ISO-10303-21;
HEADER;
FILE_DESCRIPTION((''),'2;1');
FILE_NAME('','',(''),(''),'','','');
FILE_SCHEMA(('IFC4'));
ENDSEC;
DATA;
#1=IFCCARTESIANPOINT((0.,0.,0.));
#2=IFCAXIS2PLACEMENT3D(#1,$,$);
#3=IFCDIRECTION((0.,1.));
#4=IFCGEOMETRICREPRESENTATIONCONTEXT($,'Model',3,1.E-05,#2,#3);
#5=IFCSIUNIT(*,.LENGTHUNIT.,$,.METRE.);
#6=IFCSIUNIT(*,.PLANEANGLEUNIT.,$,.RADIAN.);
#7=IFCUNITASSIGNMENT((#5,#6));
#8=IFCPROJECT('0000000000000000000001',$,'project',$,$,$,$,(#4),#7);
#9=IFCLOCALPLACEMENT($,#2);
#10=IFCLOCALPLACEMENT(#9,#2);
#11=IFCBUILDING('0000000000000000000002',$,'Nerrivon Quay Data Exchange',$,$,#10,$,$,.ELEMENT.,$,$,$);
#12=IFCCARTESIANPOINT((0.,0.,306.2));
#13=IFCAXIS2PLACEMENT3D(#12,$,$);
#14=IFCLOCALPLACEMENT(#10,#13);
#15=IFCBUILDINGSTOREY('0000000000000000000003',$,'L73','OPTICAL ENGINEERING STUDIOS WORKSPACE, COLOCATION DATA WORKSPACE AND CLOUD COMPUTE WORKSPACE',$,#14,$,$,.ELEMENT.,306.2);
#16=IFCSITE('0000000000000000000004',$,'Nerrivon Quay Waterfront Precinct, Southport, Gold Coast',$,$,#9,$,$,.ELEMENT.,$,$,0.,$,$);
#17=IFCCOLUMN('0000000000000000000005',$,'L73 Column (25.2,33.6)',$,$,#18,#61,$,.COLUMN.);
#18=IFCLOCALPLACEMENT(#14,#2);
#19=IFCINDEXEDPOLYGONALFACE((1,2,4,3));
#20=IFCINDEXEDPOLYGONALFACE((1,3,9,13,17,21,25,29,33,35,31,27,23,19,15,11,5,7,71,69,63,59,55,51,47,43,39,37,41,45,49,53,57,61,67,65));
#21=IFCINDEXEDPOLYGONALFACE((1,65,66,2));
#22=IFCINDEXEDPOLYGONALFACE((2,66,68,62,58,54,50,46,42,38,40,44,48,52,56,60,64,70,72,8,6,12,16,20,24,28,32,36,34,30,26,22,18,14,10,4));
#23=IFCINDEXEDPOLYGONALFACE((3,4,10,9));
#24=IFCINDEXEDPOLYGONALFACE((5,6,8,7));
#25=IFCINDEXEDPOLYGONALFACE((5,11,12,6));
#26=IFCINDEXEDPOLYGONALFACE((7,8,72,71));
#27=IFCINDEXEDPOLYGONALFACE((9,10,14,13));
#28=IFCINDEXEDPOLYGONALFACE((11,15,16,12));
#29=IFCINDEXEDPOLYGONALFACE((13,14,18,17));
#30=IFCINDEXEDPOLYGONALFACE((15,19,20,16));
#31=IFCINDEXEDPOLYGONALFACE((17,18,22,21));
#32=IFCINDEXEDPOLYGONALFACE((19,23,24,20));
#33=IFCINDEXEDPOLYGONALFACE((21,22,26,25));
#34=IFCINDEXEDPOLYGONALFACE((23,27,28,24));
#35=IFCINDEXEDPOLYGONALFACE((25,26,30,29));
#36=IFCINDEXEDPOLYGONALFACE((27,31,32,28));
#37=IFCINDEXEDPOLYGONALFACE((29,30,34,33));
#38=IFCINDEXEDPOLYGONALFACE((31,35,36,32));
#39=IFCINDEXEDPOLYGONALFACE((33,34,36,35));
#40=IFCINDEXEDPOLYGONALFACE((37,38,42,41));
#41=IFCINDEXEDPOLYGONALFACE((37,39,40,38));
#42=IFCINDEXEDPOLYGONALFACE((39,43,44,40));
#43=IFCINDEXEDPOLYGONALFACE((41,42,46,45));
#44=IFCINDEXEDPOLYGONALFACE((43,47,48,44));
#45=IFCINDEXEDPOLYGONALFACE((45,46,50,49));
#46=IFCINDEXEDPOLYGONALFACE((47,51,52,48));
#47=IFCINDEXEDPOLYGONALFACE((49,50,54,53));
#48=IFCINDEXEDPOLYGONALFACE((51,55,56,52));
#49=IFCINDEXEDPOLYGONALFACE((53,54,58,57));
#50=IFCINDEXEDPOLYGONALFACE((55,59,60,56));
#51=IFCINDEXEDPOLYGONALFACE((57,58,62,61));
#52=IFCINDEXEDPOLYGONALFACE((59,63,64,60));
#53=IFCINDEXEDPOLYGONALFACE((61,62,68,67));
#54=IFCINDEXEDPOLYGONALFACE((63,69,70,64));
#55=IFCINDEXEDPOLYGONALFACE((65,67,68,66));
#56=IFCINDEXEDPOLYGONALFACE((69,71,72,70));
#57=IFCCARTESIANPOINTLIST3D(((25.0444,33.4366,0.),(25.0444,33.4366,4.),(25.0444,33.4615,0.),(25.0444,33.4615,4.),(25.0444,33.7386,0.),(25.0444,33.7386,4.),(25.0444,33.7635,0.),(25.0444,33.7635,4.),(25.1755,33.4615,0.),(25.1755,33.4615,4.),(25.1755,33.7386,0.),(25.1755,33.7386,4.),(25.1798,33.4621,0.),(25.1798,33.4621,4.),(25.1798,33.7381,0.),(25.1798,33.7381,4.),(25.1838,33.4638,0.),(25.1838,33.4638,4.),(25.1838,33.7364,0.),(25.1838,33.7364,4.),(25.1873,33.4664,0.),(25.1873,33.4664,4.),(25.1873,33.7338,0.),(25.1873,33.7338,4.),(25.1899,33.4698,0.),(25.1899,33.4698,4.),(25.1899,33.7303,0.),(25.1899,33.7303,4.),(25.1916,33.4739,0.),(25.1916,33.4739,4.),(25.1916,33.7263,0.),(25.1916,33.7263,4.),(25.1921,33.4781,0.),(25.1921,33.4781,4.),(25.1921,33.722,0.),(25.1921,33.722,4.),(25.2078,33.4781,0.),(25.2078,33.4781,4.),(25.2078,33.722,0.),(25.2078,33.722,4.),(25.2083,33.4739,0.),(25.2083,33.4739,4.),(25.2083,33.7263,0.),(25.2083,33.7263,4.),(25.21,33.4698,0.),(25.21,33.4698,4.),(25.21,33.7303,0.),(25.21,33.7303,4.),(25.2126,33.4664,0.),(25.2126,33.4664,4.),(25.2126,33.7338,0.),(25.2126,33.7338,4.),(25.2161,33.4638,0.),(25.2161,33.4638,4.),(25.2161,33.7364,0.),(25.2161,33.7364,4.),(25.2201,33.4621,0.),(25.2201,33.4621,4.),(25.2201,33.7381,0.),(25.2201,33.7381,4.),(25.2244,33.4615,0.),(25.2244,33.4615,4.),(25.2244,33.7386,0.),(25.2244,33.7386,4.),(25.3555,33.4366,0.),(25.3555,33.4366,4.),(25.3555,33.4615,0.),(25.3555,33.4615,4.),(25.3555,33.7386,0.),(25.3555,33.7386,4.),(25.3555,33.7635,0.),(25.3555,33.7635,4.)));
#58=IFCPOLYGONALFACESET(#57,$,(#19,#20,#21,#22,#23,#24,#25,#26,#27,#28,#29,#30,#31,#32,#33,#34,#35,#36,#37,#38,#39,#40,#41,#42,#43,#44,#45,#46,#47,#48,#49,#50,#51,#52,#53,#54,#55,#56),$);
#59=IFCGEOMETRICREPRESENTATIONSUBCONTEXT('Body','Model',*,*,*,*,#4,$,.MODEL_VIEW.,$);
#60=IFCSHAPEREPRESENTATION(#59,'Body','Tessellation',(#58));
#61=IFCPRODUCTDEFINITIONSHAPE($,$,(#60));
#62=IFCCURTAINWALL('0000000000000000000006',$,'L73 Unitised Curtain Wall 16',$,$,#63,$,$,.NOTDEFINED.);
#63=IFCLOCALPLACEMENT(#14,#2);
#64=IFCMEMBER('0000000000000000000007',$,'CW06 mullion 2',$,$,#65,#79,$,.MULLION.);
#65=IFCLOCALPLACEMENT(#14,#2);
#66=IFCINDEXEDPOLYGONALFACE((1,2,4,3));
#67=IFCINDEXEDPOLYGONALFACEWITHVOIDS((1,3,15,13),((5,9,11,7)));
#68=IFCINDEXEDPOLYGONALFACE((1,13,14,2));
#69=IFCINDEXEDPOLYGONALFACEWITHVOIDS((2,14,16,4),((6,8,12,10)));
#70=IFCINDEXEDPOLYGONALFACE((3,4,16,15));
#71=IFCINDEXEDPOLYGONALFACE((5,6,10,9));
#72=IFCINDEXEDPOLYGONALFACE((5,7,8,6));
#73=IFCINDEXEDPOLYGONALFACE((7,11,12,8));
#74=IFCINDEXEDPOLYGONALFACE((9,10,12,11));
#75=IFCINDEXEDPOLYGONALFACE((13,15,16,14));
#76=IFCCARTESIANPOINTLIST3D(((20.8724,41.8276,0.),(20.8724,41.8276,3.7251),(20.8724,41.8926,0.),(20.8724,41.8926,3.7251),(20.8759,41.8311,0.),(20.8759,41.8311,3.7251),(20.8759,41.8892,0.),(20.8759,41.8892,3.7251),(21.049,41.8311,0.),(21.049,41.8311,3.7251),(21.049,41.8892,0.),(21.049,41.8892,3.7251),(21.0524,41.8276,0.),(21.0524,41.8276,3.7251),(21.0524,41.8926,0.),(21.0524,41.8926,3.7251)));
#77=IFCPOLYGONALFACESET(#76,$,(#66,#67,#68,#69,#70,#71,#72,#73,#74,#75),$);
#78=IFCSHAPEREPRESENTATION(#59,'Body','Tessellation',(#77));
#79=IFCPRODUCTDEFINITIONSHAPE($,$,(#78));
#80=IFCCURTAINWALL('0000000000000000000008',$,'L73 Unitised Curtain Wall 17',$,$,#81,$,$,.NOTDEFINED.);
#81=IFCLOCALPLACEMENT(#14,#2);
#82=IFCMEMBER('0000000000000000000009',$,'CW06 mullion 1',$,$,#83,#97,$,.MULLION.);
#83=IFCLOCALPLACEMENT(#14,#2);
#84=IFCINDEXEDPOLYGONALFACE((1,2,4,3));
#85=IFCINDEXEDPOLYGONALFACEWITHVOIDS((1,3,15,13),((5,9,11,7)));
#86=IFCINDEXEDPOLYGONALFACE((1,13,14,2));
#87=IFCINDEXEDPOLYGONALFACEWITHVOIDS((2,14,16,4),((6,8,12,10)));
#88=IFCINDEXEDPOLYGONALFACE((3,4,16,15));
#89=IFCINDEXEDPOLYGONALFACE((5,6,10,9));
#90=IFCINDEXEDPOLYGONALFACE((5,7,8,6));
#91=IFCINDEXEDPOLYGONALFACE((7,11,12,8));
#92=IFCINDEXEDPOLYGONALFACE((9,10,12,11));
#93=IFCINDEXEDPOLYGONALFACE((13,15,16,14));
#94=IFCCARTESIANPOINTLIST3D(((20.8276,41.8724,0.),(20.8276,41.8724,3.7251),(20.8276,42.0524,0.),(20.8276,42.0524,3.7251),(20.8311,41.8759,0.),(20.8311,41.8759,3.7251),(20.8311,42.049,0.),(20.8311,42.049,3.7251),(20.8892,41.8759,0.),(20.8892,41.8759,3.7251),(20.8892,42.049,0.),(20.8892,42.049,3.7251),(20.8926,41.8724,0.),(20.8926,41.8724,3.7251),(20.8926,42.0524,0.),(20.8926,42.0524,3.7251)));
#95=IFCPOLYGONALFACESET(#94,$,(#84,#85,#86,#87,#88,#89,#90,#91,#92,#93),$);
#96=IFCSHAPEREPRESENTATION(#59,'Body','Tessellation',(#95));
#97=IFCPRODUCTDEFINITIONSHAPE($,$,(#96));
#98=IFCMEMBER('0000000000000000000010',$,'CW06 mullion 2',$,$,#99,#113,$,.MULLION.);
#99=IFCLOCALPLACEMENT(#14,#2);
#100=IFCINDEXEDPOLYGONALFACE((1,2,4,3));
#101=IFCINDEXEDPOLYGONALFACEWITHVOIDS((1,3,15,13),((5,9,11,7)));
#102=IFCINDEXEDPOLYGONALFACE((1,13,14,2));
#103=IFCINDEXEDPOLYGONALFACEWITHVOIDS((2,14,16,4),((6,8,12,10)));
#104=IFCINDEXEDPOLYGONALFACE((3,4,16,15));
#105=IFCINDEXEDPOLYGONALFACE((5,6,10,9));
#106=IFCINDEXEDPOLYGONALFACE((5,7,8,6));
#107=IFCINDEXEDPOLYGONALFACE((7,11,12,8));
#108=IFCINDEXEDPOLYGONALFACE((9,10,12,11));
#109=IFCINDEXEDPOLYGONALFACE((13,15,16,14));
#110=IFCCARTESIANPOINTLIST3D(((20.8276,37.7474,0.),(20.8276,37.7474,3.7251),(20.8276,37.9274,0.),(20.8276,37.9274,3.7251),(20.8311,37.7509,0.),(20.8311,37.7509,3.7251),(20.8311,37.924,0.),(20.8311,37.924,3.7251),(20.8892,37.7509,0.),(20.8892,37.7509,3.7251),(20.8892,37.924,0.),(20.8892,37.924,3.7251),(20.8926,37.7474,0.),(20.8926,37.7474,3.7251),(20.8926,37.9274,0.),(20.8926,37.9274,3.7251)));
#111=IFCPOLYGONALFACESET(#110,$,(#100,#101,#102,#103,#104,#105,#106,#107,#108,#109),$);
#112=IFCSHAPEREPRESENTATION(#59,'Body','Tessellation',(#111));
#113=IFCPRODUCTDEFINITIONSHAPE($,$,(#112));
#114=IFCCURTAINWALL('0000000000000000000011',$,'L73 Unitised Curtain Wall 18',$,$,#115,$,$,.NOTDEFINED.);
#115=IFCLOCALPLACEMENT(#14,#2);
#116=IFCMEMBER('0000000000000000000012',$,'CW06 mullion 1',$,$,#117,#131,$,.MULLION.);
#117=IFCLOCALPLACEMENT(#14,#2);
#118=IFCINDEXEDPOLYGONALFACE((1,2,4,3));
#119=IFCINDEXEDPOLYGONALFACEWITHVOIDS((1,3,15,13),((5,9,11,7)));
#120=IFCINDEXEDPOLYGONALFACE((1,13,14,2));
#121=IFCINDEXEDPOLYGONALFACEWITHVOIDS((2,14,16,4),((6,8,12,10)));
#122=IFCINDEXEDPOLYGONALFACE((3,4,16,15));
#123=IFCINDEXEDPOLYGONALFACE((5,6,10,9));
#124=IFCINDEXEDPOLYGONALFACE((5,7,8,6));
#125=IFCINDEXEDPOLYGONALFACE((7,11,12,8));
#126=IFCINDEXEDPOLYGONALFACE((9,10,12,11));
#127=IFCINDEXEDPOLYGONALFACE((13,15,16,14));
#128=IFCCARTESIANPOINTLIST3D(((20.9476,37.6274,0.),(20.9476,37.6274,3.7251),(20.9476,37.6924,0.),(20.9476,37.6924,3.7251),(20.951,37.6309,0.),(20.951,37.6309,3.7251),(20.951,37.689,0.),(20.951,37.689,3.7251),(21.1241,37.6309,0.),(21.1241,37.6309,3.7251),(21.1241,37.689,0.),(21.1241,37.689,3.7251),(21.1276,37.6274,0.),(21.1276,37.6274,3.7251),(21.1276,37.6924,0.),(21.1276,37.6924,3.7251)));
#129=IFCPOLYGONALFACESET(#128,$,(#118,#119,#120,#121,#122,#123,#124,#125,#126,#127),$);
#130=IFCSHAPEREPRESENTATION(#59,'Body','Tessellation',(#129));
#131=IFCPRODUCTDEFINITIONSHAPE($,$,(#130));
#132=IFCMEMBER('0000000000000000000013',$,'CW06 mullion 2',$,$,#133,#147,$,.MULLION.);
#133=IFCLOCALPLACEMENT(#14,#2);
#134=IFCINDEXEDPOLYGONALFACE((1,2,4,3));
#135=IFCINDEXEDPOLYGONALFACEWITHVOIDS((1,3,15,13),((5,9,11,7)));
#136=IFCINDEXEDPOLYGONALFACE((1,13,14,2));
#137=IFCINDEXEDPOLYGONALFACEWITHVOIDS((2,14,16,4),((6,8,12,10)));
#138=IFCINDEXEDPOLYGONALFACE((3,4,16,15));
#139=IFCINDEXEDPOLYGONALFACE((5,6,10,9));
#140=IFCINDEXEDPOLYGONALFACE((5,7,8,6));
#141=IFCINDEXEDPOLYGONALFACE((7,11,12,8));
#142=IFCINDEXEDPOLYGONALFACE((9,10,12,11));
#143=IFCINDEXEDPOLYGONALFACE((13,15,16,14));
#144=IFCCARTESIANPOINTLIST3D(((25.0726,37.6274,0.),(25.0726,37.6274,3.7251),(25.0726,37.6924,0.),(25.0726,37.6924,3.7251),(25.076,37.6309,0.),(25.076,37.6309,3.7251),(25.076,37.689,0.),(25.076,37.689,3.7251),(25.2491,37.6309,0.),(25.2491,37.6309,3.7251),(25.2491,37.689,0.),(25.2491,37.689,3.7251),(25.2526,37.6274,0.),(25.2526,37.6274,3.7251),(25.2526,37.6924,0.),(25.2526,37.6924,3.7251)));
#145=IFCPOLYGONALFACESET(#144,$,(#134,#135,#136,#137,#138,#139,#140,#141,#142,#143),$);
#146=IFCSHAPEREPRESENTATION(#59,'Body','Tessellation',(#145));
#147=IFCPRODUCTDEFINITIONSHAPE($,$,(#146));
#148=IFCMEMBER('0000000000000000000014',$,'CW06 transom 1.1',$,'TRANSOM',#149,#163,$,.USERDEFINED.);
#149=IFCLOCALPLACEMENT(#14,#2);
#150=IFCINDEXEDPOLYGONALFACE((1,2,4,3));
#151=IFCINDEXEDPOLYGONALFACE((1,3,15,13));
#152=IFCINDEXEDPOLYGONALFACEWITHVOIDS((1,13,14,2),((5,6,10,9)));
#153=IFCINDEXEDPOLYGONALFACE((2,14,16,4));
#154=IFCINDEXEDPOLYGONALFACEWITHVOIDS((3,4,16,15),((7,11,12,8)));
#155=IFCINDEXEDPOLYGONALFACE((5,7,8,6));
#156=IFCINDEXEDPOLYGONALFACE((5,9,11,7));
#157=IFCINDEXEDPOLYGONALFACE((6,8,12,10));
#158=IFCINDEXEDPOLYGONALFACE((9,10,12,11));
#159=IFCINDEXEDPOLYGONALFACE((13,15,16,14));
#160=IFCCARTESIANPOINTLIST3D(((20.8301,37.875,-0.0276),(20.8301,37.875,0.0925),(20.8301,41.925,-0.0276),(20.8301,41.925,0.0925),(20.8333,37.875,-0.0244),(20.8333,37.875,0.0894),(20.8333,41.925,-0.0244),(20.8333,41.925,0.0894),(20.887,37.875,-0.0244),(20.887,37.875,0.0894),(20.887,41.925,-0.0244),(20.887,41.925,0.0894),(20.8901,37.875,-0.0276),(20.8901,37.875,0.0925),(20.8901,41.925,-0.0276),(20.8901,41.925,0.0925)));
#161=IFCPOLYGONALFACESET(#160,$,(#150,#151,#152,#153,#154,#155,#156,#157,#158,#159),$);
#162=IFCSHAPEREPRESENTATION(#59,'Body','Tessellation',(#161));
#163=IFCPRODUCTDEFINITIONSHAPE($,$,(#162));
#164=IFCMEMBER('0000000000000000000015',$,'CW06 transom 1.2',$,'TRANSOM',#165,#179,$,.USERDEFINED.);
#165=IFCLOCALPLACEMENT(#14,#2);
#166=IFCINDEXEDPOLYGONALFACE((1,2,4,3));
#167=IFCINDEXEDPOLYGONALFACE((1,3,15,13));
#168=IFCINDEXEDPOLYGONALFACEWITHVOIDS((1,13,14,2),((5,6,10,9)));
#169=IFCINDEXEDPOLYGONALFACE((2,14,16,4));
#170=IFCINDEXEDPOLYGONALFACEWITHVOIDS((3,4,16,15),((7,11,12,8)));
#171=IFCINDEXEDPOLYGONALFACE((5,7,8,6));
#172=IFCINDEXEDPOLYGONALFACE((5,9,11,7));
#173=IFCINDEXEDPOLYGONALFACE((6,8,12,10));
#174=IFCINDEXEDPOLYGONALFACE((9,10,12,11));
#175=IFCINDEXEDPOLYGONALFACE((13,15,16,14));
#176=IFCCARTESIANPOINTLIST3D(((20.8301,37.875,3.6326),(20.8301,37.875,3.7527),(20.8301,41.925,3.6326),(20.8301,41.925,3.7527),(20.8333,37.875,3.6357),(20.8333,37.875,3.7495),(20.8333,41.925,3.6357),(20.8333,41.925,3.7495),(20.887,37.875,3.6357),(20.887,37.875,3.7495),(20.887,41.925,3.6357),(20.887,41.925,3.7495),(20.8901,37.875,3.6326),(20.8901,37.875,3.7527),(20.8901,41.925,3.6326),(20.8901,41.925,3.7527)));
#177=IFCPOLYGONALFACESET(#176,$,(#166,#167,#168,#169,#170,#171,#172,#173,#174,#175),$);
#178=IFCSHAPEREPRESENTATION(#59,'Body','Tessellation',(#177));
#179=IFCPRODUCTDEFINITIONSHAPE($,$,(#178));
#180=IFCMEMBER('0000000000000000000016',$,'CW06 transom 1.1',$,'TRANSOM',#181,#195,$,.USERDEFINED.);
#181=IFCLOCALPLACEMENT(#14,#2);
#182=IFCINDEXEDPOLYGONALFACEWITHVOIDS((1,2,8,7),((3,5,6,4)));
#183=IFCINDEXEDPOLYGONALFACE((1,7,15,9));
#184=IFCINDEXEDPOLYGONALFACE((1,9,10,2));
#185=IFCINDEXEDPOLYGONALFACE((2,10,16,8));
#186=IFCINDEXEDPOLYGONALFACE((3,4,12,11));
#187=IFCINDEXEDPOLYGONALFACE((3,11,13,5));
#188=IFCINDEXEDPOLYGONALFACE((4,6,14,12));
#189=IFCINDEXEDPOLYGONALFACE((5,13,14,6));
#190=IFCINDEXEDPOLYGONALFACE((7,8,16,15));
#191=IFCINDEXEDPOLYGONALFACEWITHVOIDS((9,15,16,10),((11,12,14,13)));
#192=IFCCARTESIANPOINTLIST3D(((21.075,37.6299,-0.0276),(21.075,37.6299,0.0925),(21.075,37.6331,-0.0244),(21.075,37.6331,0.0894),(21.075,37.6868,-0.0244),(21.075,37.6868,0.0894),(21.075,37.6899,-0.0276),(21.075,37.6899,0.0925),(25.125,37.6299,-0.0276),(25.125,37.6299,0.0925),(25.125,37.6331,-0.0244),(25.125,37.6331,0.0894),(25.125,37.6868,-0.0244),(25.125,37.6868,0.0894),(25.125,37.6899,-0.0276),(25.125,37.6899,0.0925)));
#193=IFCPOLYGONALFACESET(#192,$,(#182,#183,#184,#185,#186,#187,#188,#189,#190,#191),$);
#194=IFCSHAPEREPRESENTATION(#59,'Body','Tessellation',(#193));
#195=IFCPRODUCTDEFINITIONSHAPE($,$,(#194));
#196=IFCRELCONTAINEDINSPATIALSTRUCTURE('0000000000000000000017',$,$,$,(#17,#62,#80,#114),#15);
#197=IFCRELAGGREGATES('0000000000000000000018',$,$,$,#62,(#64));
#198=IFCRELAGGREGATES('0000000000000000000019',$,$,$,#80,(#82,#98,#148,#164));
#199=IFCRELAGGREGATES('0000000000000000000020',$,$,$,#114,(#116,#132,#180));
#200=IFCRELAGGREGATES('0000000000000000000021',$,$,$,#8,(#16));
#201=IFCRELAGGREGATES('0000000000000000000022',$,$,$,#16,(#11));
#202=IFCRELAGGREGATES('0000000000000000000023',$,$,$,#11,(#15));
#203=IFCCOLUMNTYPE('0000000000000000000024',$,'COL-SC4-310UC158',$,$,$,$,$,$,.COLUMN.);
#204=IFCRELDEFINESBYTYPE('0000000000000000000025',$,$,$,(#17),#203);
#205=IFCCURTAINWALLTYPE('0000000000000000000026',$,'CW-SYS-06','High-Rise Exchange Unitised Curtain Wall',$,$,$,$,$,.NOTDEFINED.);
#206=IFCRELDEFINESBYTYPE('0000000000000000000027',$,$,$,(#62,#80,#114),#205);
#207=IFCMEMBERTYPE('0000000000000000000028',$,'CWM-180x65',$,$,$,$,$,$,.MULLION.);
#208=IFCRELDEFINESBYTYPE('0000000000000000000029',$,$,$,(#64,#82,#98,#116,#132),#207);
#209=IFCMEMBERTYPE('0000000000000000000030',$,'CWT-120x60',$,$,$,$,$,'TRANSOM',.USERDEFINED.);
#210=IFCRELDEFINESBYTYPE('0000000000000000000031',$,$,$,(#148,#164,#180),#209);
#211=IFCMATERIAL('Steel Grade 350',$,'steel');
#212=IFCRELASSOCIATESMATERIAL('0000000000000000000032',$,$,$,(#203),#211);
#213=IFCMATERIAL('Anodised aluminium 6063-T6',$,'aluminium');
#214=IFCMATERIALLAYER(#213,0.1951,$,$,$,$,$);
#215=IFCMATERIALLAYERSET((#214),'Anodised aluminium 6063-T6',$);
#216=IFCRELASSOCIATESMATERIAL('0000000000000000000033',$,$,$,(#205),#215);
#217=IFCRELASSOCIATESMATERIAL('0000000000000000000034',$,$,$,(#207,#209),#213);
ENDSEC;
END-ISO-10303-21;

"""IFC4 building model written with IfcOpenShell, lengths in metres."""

from ifc_helpers import new_model, si_unit, direction, frame, origin, origin_2d, place, context, subcontext, project, spatial, hollow_rectangle, i_section, extrude, material, layer, layer_set, material_profile, profile_set, type_object, element, aggregate, save


model = new_model("IFC4")

# Units and contexts
model_context = context("Model", 3, precision=1e-05, world=origin(), true_north=direction((0.0, 1.0)))
body_context = subcontext(model_context, "Body", "Model", "MODEL_VIEW")
ifc_project = project(units=[si_unit("LENGTHUNIT", "METRE"), si_unit("PLANEANGLEUNIT", "RADIAN")], contexts=[model_context])

# Site, building, storey
site_placement = place(None, origin())
site = spatial("IfcSite", under=ifc_project, at=site_placement, Name="Nerrivon Quay Waterfront Precinct, Southport, Gold Coast", CompositionType="ELEMENT", RefElevation=0.0)
building_placement = place(site_placement, origin())
building = spatial("IfcBuilding", under=site, at=building_placement, Name="Nerrivon Quay Data Exchange", CompositionType="ELEMENT")
storey_placement = place(building_placement, frame((0.0, 0.0, 306.2)))
storey = spatial("IfcBuildingStorey", under=building, at=storey_placement, Name="L73", Description="OPTICAL ENGINEERING STUDIOS WORKSPACE, COLOCATION DATA WORKSPACE AND CLOUD COMPUTE WORKSPACE", CompositionType="ELEMENT", Elevation=306.2)

# Column
ifc_material_1 = material(Name="Steel Grade 350", Category="steel")
ifc_material_profile_1 = material_profile(ifc_material_1, i_section(OverallWidth=0.311, OverallDepth=0.3269, WebThickness=0.0156, FlangeThickness=0.0249, FilletRadius=0.0166, at=origin_2d()), Name="310UC158")
ifc_profile_set_1 = profile_set([ifc_material_profile_1], Name="Steel Grade 350")
column_type = type_object("IfcColumnType", Name="COL-SC4-310UC158", PredefinedType="COLUMN", material=ifc_profile_set_1)
column_placement = place(storey_placement, frame((25.2, 33.6001, 0.0), z_axis=(0.0, 0.0, 1.0), x_axis=(1.0, 0.0, 0.0)))
element("IfcColumn", 1, at=column_placement, inside=storey, type_object=column_type, Name="L73 Column (25.2,33.6)", PredefinedType="COLUMN", context=body_context, shape_type="SweptSolid", body=[
    extrude(i_section(OverallWidth=0.311, OverallDepth=0.3269, WebThickness=0.0156, FlangeThickness=0.0249, FilletRadius=0.0166, at=origin_2d()), origin(), (0.0, 0.0, 1.0), 4.0),
])

# Curtain wall, member
ifc_material_2 = material(Name="Anodised aluminium 6063-T6", Category="aluminium")
ifc_layer_1 = layer(ifc_material_2, 0.1951)
ifc_layer_set_1 = layer_set([ifc_layer_1], Name="Anodised aluminium 6063-T6")
curtain_wall_type = type_object("IfcCurtainWallType", Name="CW-SYS-06", Description="High-Rise Exchange Unitised Curtain Wall", PredefinedType="NOTDEFINED", material=ifc_layer_set_1)
curtain_wall_1_placement = place(storey_placement, origin())
curtain_wall_1 = element("IfcCurtainWall", 2, at=curtain_wall_1_placement, inside=storey, type_object=curtain_wall_type, Name="L73 Unitised Curtain Wall 16", PredefinedType="NOTDEFINED")
ifc_material_profile_2 = material_profile(ifc_material_2, hollow_rectangle(XDim=0.0649, YDim=0.1799, WallThickness=0.0034, at=origin_2d()), Name="ALU-MULL-180x65")
ifc_profile_set_2 = profile_set([ifc_material_profile_2], Name="Anodised aluminium 6063-T6")
member_type_1 = type_object("IfcMemberType", Name="CWM-180x65", PredefinedType="MULLION", material=ifc_profile_set_2)
member_1_placement = place(storey_placement, frame((20.9624, 41.8601, 0.0), z_axis=(0.0, 0.0, 1.0), x_axis=(0.0, 1.0, 0.0)))
member_1 = element("IfcMember", 3, at=member_1_placement, type_object=member_type_1, Name="CW06 mullion 2", PredefinedType="MULLION", context=body_context, shape_type="SweptSolid", body=[
    extrude(hollow_rectangle(XDim=0.0649, YDim=0.1799, WallThickness=0.0034, at=origin_2d()), origin(), (0.0, 0.0, 1.0), 3.7251),
])
aggregate(curtain_wall_1, [member_1])

# Curtain walls, members
curtain_wall_2_placement = place(storey_placement, origin())
curtain_wall_2 = element("IfcCurtainWall", 4, at=curtain_wall_2_placement, inside=storey, type_object=curtain_wall_type, Name="L73 Unitised Curtain Wall 17", PredefinedType="NOTDEFINED")
member_2_placement = place(storey_placement, frame((20.8601, 41.9624, 0.0), z_axis=(0.0, 0.0, 1.0), x_axis=(1.0, 0.0, 0.0)))
member_2 = element("IfcMember", 5, at=member_2_placement, type_object=member_type_1, Name="CW06 mullion 1", PredefinedType="MULLION", context=body_context, shape_type="SweptSolid", body=[
    extrude(hollow_rectangle(XDim=0.0649, YDim=0.1799, WallThickness=0.0034, at=origin_2d()), origin(), (0.0, 0.0, 1.0), 3.7251),
])
member_3_placement = place(storey_placement, frame((20.8601, 37.8374, 0.0), z_axis=(0.0, 0.0, 1.0), x_axis=(1.0, 0.0, 0.0)))
member_3 = element("IfcMember", 6, at=member_3_placement, type_object=member_type_1, Name="CW06 mullion 2", PredefinedType="MULLION", context=body_context, shape_type="SweptSolid", body=[
    extrude(hollow_rectangle(XDim=0.0649, YDim=0.1799, WallThickness=0.0034, at=origin_2d()), origin(), (0.0, 0.0, 1.0), 3.7251),
])
curtain_wall_3_placement = place(storey_placement, origin())
curtain_wall_3 = element("IfcCurtainWall", 7, at=curtain_wall_3_placement, inside=storey, type_object=curtain_wall_type, Name="L73 Unitised Curtain Wall 18", PredefinedType="NOTDEFINED")
member_4_placement = place(storey_placement, frame((21.0376, 37.6599, 0.0), z_axis=(0.0, 0.0, 1.0), x_axis=(0.0, 1.0, 0.0)))
member_4 = element("IfcMember", 8, at=member_4_placement, type_object=member_type_1, Name="CW06 mullion 1", PredefinedType="MULLION", context=body_context, shape_type="SweptSolid", body=[
    extrude(hollow_rectangle(XDim=0.0649, YDim=0.1799, WallThickness=0.0034, at=origin_2d()), origin(), (0.0, 0.0, 1.0), 3.7251),
])
member_5_placement = place(storey_placement, frame((25.1626, 37.6599, 0.0), z_axis=(0.0, 0.0, 1.0), x_axis=(0.0, 1.0, 0.0)))
member_5 = element("IfcMember", 9, at=member_5_placement, type_object=member_type_1, Name="CW06 mullion 2", PredefinedType="MULLION", context=body_context, shape_type="SweptSolid", body=[
    extrude(hollow_rectangle(XDim=0.0649, YDim=0.1799, WallThickness=0.0034, at=origin_2d()), origin(), (0.0, 0.0, 1.0), 3.7251),
])

# Members
ifc_material_profile_3 = material_profile(ifc_material_2, hollow_rectangle(XDim=0.0601, YDim=0.1201, WallThickness=0.0032, at=origin_2d()), Name="ALU-TRAN-120x60")
ifc_profile_set_3 = profile_set([ifc_material_profile_3], Name="Anodised aluminium 6063-T6")
member_type_2 = type_object("IfcMemberType", Name="CWT-120x60", ElementType="TRANSOM", PredefinedType="USERDEFINED", material=ifc_profile_set_3)
member_6_placement = place(storey_placement, frame((20.8601, 41.925, 0.0325), z_axis=(0.0, -1.0, 0.0), x_axis=(1.0, 0.0, 0.0)))
member_6 = element("IfcMember", 10, at=member_6_placement, type_object=member_type_2, Name="CW06 transom 1.1", ObjectType="TRANSOM", PredefinedType="USERDEFINED", context=body_context, shape_type="SweptSolid", body=[
    extrude(hollow_rectangle(XDim=0.0601, YDim=0.1201, WallThickness=0.0032, at=origin_2d()), origin(), (0.0, 0.0, 1.0), 4.05),
])
member_7_placement = place(storey_placement, frame((20.8601, 41.925, 3.6926), z_axis=(0.0, -1.0, 0.0), x_axis=(1.0, 0.0, 0.0)))
member_7 = element("IfcMember", 11, at=member_7_placement, type_object=member_type_2, Name="CW06 transom 1.2", ObjectType="TRANSOM", PredefinedType="USERDEFINED", context=body_context, shape_type="SweptSolid", body=[
    extrude(hollow_rectangle(XDim=0.0601, YDim=0.1201, WallThickness=0.0032, at=origin_2d()), origin(), (0.0, 0.0, 1.0), 4.05),
])
member_8_placement = place(storey_placement, frame((21.075, 37.6599, 0.0325), z_axis=(1.0, 0.0, 0.0), x_axis=(0.0, 1.0, 0.0)))
member_8 = element("IfcMember", 12, at=member_8_placement, type_object=member_type_2, Name="CW06 transom 1.1", ObjectType="TRANSOM", PredefinedType="USERDEFINED", context=body_context, shape_type="SweptSolid", body=[
    extrude(hollow_rectangle(XDim=0.0601, YDim=0.1201, WallThickness=0.0032, at=origin_2d()), origin(), (0.0, 0.0, 1.0), 4.05),
])

aggregate(curtain_wall_2, [member_2, member_3, member_6, member_7])
aggregate(curtain_wall_3, [member_4, member_5, member_8])

save(model, "model.ifc")
